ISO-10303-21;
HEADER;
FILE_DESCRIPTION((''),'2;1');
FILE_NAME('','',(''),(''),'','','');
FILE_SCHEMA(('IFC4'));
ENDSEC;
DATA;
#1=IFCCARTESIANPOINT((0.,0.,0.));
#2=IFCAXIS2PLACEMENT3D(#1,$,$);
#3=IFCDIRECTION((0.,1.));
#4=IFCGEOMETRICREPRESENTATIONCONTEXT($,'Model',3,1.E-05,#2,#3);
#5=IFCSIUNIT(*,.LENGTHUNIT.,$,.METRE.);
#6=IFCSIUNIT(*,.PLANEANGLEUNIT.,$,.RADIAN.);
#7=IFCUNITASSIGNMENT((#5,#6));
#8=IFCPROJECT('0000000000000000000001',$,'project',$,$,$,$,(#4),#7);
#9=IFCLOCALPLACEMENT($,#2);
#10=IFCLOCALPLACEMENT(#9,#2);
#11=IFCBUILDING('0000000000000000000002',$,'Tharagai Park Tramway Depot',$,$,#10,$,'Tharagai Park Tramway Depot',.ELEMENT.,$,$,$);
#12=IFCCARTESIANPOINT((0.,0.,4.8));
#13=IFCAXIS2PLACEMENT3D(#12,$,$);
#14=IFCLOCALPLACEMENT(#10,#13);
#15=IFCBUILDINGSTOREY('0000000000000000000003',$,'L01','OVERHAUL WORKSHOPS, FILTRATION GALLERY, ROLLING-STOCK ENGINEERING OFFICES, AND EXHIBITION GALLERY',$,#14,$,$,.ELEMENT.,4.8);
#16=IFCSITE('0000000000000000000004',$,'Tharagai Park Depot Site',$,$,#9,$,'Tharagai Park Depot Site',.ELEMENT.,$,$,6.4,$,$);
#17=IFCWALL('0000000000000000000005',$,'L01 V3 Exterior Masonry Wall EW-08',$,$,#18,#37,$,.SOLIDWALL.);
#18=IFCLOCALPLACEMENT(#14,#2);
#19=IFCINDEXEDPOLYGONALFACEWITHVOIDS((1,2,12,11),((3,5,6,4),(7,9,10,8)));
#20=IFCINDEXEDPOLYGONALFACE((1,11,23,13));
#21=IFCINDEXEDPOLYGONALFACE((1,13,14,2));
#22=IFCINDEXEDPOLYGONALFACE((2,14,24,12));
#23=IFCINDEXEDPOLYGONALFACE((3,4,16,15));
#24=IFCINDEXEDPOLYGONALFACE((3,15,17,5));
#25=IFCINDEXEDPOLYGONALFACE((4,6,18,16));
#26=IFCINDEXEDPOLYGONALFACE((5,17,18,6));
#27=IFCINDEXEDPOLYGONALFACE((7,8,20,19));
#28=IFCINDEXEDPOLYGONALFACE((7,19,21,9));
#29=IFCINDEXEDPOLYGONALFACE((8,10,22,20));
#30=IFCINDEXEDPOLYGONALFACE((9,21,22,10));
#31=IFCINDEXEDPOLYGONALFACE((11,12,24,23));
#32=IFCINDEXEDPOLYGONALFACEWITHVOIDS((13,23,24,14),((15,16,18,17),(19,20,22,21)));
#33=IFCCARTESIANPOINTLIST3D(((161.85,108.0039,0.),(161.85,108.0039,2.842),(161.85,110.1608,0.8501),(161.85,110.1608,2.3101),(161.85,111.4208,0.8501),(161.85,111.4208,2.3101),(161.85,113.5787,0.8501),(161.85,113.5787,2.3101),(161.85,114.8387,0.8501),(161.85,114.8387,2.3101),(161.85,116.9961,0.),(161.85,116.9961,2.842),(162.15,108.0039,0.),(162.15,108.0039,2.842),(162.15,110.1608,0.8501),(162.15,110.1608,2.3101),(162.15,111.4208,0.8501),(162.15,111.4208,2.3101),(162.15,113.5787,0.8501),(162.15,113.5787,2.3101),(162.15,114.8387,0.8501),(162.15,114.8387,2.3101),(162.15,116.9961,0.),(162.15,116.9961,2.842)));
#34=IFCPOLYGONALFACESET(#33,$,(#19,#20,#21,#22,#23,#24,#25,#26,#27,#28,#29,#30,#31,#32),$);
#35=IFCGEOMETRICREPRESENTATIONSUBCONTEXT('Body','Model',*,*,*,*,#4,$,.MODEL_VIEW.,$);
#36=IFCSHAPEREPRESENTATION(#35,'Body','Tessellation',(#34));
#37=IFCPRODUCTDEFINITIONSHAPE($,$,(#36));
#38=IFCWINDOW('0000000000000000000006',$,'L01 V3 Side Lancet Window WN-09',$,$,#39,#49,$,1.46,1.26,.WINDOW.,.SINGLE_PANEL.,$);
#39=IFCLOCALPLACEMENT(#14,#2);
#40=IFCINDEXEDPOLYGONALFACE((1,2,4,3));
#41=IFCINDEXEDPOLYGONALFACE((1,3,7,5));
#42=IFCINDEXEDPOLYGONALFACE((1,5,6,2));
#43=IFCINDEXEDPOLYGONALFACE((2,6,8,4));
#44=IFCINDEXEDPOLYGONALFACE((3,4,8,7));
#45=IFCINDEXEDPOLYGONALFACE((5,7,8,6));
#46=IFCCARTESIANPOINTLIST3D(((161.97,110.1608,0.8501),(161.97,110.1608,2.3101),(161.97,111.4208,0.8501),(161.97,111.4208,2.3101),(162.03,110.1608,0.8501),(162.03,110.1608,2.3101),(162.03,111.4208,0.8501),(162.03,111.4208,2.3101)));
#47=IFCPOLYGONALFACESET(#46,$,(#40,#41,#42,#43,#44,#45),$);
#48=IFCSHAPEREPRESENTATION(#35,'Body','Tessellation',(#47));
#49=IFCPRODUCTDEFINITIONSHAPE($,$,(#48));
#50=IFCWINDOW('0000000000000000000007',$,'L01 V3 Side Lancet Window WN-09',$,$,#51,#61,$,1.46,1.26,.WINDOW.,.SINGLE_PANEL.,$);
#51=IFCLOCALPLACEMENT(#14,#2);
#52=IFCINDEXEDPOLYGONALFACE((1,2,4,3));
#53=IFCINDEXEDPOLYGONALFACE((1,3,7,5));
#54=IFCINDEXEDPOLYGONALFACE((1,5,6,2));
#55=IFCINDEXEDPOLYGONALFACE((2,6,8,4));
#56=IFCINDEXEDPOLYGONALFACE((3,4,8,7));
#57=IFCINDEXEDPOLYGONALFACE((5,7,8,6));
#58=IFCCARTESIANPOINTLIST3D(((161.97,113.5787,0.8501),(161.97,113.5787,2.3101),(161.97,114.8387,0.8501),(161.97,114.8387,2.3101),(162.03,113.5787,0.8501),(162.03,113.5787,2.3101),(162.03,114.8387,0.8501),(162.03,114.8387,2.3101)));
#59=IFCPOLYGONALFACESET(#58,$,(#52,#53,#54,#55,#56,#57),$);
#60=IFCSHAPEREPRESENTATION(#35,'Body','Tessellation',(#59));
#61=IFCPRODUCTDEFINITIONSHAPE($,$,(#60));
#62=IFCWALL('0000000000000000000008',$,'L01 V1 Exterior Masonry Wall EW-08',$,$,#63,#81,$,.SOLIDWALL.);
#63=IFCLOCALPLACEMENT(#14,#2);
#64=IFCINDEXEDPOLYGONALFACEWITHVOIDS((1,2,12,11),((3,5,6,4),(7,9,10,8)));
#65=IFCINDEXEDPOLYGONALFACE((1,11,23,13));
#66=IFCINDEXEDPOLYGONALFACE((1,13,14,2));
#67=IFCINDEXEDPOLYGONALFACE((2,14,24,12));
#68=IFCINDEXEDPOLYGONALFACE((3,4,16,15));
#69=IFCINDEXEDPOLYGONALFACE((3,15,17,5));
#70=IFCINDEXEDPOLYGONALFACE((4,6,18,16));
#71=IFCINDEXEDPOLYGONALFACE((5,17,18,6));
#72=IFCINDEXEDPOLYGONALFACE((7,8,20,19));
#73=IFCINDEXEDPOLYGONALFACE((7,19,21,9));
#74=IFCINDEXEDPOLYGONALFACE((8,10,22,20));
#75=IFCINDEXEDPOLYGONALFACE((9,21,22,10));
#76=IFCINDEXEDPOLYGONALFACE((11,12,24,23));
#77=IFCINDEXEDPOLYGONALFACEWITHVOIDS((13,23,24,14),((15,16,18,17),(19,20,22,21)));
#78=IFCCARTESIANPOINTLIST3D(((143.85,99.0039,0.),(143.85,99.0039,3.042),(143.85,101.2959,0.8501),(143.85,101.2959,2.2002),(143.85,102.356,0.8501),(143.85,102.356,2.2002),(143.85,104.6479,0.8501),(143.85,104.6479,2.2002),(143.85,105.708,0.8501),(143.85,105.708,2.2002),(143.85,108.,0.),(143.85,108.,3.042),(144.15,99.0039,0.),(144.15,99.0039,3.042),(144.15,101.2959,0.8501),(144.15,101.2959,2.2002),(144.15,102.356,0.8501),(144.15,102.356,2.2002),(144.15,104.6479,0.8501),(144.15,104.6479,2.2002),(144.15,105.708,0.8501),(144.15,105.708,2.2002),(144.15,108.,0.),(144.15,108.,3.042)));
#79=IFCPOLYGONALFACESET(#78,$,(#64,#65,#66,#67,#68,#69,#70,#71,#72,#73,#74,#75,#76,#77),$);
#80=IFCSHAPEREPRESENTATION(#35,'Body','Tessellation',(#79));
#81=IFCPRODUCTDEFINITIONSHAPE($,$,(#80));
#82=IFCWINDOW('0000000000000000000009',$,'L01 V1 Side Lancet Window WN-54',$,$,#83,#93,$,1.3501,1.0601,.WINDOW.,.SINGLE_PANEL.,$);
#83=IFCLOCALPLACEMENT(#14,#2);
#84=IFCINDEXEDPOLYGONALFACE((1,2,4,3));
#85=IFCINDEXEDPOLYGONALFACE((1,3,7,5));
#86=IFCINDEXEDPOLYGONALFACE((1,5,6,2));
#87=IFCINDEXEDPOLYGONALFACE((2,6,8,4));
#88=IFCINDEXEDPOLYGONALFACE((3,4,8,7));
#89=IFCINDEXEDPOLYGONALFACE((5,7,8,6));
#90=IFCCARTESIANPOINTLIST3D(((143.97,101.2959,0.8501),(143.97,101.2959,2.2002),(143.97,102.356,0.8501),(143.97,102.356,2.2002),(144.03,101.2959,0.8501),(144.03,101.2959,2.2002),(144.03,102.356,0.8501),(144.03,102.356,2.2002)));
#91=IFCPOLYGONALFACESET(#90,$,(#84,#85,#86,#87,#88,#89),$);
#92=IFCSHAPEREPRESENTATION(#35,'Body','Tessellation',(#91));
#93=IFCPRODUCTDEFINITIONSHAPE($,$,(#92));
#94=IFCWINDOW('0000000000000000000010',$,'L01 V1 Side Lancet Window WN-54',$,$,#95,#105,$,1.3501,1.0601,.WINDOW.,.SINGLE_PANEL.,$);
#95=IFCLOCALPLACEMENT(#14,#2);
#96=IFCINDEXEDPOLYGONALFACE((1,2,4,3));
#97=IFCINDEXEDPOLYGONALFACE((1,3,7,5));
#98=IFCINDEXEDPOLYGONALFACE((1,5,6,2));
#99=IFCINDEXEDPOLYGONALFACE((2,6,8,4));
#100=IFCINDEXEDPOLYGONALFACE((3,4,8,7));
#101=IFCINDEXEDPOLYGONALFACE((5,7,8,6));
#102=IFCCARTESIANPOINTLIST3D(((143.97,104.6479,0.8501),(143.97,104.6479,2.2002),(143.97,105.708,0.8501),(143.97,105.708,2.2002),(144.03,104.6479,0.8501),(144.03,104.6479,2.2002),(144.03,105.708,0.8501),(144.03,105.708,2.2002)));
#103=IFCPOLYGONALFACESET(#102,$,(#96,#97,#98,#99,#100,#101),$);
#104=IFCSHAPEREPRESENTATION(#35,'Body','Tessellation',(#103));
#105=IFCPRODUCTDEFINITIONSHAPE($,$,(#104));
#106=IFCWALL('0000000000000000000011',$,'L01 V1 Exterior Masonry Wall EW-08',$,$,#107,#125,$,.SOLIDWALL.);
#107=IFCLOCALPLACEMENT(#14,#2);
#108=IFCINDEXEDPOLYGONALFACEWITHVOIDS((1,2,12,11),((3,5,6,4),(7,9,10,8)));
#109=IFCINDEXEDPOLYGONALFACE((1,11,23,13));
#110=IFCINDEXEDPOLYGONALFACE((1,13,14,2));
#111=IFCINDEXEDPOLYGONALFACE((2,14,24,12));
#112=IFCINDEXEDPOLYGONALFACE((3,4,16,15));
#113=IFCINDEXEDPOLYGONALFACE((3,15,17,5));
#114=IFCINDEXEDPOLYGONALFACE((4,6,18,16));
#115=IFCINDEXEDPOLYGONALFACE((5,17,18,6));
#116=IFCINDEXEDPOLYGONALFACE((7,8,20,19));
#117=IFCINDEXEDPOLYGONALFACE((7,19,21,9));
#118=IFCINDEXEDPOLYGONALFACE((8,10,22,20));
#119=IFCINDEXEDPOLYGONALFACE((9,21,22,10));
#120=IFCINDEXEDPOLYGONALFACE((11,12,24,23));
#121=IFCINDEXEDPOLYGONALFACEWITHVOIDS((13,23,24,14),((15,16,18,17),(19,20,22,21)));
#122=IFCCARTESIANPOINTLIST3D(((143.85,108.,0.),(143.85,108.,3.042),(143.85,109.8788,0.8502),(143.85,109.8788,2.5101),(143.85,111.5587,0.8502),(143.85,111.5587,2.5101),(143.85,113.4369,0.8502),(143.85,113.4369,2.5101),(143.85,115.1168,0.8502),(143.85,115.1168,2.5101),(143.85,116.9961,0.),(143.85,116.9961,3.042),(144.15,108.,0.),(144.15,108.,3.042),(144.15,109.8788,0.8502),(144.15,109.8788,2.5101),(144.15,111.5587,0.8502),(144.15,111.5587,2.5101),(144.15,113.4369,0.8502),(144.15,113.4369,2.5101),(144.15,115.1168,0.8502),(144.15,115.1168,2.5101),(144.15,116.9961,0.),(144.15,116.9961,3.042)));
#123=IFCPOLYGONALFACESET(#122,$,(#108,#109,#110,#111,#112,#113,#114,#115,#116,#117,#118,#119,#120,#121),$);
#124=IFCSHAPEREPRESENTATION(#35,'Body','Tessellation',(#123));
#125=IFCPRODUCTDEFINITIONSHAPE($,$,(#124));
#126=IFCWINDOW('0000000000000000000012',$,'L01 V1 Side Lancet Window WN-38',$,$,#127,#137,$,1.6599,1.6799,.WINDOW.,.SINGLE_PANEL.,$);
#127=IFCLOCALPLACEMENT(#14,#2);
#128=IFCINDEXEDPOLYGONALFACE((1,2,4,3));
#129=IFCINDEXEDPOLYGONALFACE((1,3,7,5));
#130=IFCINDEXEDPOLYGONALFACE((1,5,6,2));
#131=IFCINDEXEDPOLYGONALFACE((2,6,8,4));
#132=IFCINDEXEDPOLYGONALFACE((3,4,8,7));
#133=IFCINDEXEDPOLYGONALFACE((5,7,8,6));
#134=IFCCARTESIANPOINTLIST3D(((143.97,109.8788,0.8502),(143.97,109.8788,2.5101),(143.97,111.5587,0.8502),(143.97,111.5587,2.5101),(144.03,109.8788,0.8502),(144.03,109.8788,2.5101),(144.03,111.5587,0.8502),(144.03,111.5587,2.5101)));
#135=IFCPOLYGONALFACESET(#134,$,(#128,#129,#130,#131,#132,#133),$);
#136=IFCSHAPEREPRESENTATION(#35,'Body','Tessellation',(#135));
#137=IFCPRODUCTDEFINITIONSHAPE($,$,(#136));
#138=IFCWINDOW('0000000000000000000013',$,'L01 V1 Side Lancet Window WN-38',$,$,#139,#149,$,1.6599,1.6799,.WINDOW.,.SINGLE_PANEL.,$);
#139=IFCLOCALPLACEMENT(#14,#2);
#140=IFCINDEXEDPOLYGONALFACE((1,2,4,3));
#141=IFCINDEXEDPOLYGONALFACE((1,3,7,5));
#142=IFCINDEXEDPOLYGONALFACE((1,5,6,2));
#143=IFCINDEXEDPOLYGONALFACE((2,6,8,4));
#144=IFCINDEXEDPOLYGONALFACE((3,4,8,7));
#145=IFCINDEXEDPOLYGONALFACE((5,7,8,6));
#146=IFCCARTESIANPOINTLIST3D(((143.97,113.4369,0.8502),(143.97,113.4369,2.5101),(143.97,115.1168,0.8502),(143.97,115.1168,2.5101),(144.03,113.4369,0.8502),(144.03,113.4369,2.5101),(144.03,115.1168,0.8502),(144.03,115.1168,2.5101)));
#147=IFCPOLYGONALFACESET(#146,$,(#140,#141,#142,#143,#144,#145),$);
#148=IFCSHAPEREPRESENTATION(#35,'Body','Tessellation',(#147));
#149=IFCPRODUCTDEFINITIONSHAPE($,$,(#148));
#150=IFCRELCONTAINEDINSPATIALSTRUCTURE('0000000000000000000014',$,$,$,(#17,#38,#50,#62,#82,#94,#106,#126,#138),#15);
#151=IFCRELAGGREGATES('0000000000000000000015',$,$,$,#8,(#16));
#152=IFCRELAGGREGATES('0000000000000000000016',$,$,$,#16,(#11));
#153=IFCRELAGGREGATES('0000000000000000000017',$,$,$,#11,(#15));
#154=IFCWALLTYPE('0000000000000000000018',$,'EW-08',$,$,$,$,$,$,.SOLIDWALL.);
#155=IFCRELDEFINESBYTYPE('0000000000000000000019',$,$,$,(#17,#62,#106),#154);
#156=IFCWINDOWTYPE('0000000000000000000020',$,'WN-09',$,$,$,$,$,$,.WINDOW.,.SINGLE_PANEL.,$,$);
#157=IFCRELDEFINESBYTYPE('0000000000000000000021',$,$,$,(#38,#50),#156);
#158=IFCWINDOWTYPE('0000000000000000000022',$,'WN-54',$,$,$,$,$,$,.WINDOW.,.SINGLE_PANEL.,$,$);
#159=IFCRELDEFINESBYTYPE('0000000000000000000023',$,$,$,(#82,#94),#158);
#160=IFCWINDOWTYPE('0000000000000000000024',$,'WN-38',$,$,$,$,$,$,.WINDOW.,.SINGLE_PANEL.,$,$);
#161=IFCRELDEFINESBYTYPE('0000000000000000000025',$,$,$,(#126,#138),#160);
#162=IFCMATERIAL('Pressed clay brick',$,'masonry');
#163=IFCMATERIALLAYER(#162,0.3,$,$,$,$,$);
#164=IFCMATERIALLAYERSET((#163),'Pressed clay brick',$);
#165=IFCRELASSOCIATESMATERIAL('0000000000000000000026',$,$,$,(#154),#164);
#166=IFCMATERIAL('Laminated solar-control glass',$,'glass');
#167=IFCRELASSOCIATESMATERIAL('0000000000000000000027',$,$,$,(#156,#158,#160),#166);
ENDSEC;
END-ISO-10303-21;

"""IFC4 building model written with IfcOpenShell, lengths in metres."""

from ifc_helpers import new_model, si_unit, direction, frame, frame_2d, origin, place, context, subcontext, project, spatial, rectangle, extrude, material, layer, layer_set, type_object, element, fill, save


model = new_model("IFC4")

# Units and contexts
model_context = context("Model", 3, precision=1e-05, world=origin(), true_north=direction((0.0, 1.0)))
body_context = subcontext(model_context, "Body", "Model", "MODEL_VIEW")
ifc_project = project(units=[si_unit("LENGTHUNIT", "METRE"), si_unit("PLANEANGLEUNIT", "RADIAN")], contexts=[model_context])

# Site, building, storey
site_placement = place(None, origin())
site = spatial("IfcSite", under=ifc_project, at=site_placement, Name="Tharagai Park Depot Site", LongName="Tharagai Park Depot Site", CompositionType="ELEMENT", RefElevation=6.4)
building_placement = place(site_placement, origin())
building = spatial("IfcBuilding", under=site, at=building_placement, Name="Tharagai Park Tramway Depot", LongName="Tharagai Park Tramway Depot", CompositionType="ELEMENT")
storey_placement = place(building_placement, frame((0.0, 0.0, 4.8)))
storey = spatial("IfcBuildingStorey", under=building, at=storey_placement, Name="L01", Description="OVERHAUL WORKSHOPS, FILTRATION GALLERY, ROLLING-STOCK ENGINEERING OFFICES, AND EXHIBITION GALLERY", CompositionType="ELEMENT", Elevation=4.8)

# Walls, openings, windows
ifc_material_1 = material(Name="Pressed clay brick", Category="masonry")
ifc_layer_1 = layer(ifc_material_1, 0.3)
ifc_layer_set_1 = layer_set([ifc_layer_1], Name="Pressed clay brick")
wall_type_1 = type_object("IfcWallType", Name="EW-08", PredefinedType="SOLIDWALL", material=ifc_layer_set_1)
wall_1_placement = place(storey_placement, frame((162.0, 108.0039, 0.0), z_axis=(0.0, 0.0, 1.0), x_axis=(0.0, 1.0, 0.0)))
wall_1 = element("IfcWall", 1, at=wall_1_placement, inside=storey, type_object=wall_type_1, Name="L01 V3 Exterior Masonry Wall EW-08", PredefinedType="SOLIDWALL", context=body_context, shape_type="SweptSolid", body=[
    extrude(rectangle(XDim=8.9922, YDim=0.3, at=frame_2d((4.4961, 0.0))), origin(), (0.0, 0.0, 1.0), 2.842),
])
opening_1_placement = place(wall_1_placement, frame((2.157, 0.0, 0.8501)))
opening_1 = element("IfcOpeningElement", 2, at=opening_1_placement, cuts=wall_1, PredefinedType="OPENING", context=body_context, shape_type="SweptSolid", body=[
    extrude(rectangle(XDim=1.26, YDim=1.46, at=frame_2d((0.6299, 0.73))), frame((0.0, 0.1599, 0.0), z_axis=(0.0, -1.0, 0.0), x_axis=(1.0, 0.0, 0.0)), (0.0, 0.0, 1.0), 0.3201),
])
opening_2_placement = place(wall_1_placement, frame((5.575, 0.0, 0.8501)))
opening_2 = element("IfcOpeningElement", 3, at=opening_2_placement, cuts=wall_1, PredefinedType="OPENING", context=body_context, shape_type="SweptSolid", body=[
    extrude(rectangle(XDim=1.26, YDim=1.46, at=frame_2d((0.6299, 0.73))), frame((0.0, 0.1599, 0.0), z_axis=(0.0, -1.0, 0.0), x_axis=(1.0, 0.0, 0.0)), (0.0, 0.0, 1.0), 0.3201),
])
ifc_material_2 = material(Name="Laminated solar-control glass", Category="glass")
window_type_1 = type_object("IfcWindowType", Name="WN-09", PartitioningType="SINGLE_PANEL", PredefinedType="WINDOW", material=ifc_material_2)
window_1_placement = place(opening_1_placement, origin())
window_1 = element("IfcWindow", 4, at=window_1_placement, inside=storey, type_object=window_type_1, Name="L01 V3 Side Lancet Window WN-09", OverallHeight=1.46, OverallWidth=1.26, PartitioningType="SINGLE_PANEL", PredefinedType="WINDOW", context=body_context, shape_type="SweptSolid", body=[
    extrude(rectangle(XDim=1.26, YDim=1.46, at=frame_2d((0.6299, 0.73))), frame((0.0, 0.03, 0.0), z_axis=(0.0, -1.0, 0.0), x_axis=(1.0, 0.0, 0.0)), (0.0, 0.0, 1.0), 0.0601),
])
fill(opening_1, window_1)
window_2_placement = place(opening_2_placement, origin())
window_2 = element("IfcWindow", 5, at=window_2_placement, inside=storey, type_object=window_type_1, Name="L01 V3 Side Lancet Window WN-09", OverallHeight=1.46, OverallWidth=1.26, PartitioningType="SINGLE_PANEL", PredefinedType="WINDOW", context=body_context, shape_type="SweptSolid", body=[
    extrude(rectangle(XDim=1.26, YDim=1.46, at=frame_2d((0.6299, 0.73))), frame((0.0, 0.03, 0.0), z_axis=(0.0, -1.0, 0.0), x_axis=(1.0, 0.0, 0.0)), (0.0, 0.0, 1.0), 0.0601),
])
fill(opening_2, window_2)
wall_2_placement = place(storey_placement, frame((144.0, 99.0039, 0.0), z_axis=(0.0, 0.0, 1.0), x_axis=(0.0, 1.0, 0.0)))
wall_2 = element("IfcWall", 6, at=wall_2_placement, inside=storey, type_object=wall_type_1, Name="L01 V1 Exterior Masonry Wall EW-08", PredefinedType="SOLIDWALL", context=body_context, shape_type="SweptSolid", body=[
    extrude(rectangle(XDim=8.9961, YDim=0.3, at=frame_2d((4.498, 0.0))), origin(), (0.0, 0.0, 1.0), 3.042),
])
opening_3_placement = place(wall_2_placement, frame((2.292, 0.0, 0.8501)))
opening_3 = element("IfcOpeningElement", 7, at=opening_3_placement, cuts=wall_2, PredefinedType="OPENING", context=body_context, shape_type="SweptSolid", body=[
    extrude(rectangle(XDim=1.0601, YDim=1.3501, at=frame_2d((0.53, 0.675))), frame((0.0, 0.1599, 0.0), z_axis=(0.0, -1.0, 0.0), x_axis=(1.0, 0.0, 0.0)), (0.0, 0.0, 1.0), 0.3201),
])
opening_4_placement = place(wall_2_placement, frame((5.644, 0.0, 0.8501)))
opening_4 = element("IfcOpeningElement", 8, at=opening_4_placement, cuts=wall_2, PredefinedType="OPENING", context=body_context, shape_type="SweptSolid", body=[
    extrude(rectangle(XDim=1.0601, YDim=1.3501, at=frame_2d((0.53, 0.675))), frame((0.0, 0.1599, 0.0), z_axis=(0.0, -1.0, 0.0), x_axis=(1.0, 0.0, 0.0)), (0.0, 0.0, 1.0), 0.3201),
])
window_type_2 = type_object("IfcWindowType", Name="WN-54", PartitioningType="SINGLE_PANEL", PredefinedType="WINDOW", material=ifc_material_2)
window_3_placement = place(opening_3_placement, origin())
window_3 = element("IfcWindow", 9, at=window_3_placement, inside=storey, type_object=window_type_2, Name="L01 V1 Side Lancet Window WN-54", OverallHeight=1.3501, OverallWidth=1.0601, PartitioningType="SINGLE_PANEL", PredefinedType="WINDOW", context=body_context, shape_type="SweptSolid", body=[
    extrude(rectangle(XDim=1.0601, YDim=1.3501, at=frame_2d((0.53, 0.675))), frame((0.0, 0.03, 0.0), z_axis=(0.0, -1.0, 0.0), x_axis=(1.0, 0.0, 0.0)), (0.0, 0.0, 1.0), 0.0601),
])
fill(opening_3, window_3)
window_4_placement = place(opening_4_placement, origin())
window_4 = element("IfcWindow", 10, at=window_4_placement, inside=storey, type_object=window_type_2, Name="L01 V1 Side Lancet Window WN-54", OverallHeight=1.3501, OverallWidth=1.0601, PartitioningType="SINGLE_PANEL", PredefinedType="WINDOW", context=body_context, shape_type="SweptSolid", body=[
    extrude(rectangle(XDim=1.0601, YDim=1.3501, at=frame_2d((0.53, 0.675))), frame((0.0, 0.03, 0.0), z_axis=(0.0, -1.0, 0.0), x_axis=(1.0, 0.0, 0.0)), (0.0, 0.0, 1.0), 0.0601),
])
fill(opening_4, window_4)
wall_3_placement = place(storey_placement, frame((144.0, 108.0, 0.0), z_axis=(0.0, 0.0, 1.0), x_axis=(0.0, 1.0, 0.0)))
wall_3 = element("IfcWall", 11, at=wall_3_placement, inside=storey, type_object=wall_type_1, Name="L01 V1 Exterior Masonry Wall EW-08", PredefinedType="SOLIDWALL", context=body_context, shape_type="SweptSolid", body=[
    extrude(rectangle(XDim=8.9961, YDim=0.3, at=frame_2d((4.498, 0.0))), origin(), (0.0, 0.0, 1.0), 3.042),
])
opening_5_placement = place(wall_3_placement, frame((1.8789, 0.0, 0.8501)))
opening_5 = element("IfcOpeningElement", 12, at=opening_5_placement, cuts=wall_3, PredefinedType="OPENING", context=body_context, shape_type="SweptSolid", body=[
    extrude(rectangle(XDim=1.6799, YDim=1.6599, at=frame_2d((0.8398, 0.8301))), frame((0.0, 0.1599, 0.0), z_axis=(0.0, -1.0, 0.0), x_axis=(1.0, 0.0, 0.0)), (0.0, 0.0, 1.0), 0.3201),
])
opening_6_placement = place(wall_3_placement, frame((5.437, 0.0, 0.8501)))
opening_6 = element("IfcOpeningElement", 13, at=opening_6_placement, cuts=wall_3, PredefinedType="OPENING", context=body_context, shape_type="SweptSolid", body=[
    extrude(rectangle(XDim=1.6799, YDim=1.6599, at=frame_2d((0.8398, 0.8301))), frame((0.0, 0.1599, 0.0), z_axis=(0.0, -1.0, 0.0), x_axis=(1.0, 0.0, 0.0)), (0.0, 0.0, 1.0), 0.3201),
])
window_type_3 = type_object("IfcWindowType", Name="WN-38", PartitioningType="SINGLE_PANEL", PredefinedType="WINDOW", material=ifc_material_2)
window_5_placement = place(opening_5_placement, origin())
window_5 = element("IfcWindow", 14, at=window_5_placement, inside=storey, type_object=window_type_3, Name="L01 V1 Side Lancet Window WN-38", OverallHeight=1.6599, OverallWidth=1.6799, PartitioningType="SINGLE_PANEL", PredefinedType="WINDOW", context=body_context, shape_type="SweptSolid", body=[
    extrude(rectangle(XDim=1.6799, YDim=1.6599, at=frame_2d((0.8398, 0.8301))), frame((0.0, 0.03, 0.0), z_axis=(0.0, -1.0, 0.0), x_axis=(1.0, 0.0, 0.0)), (0.0, 0.0, 1.0), 0.0601),
])
fill(opening_5, window_5)
window_6_placement = place(opening_6_placement, origin())
window_6 = element("IfcWindow", 15, at=window_6_placement, inside=storey, type_object=window_type_3, Name="L01 V1 Side Lancet Window WN-38", OverallHeight=1.6599, OverallWidth=1.6799, PartitioningType="SINGLE_PANEL", PredefinedType="WINDOW", context=body_context, shape_type="SweptSolid", body=[
    extrude(rectangle(XDim=1.6799, YDim=1.6599, at=frame_2d((0.8398, 0.8301))), frame((0.0, 0.03, 0.0), z_axis=(0.0, -1.0, 0.0), x_axis=(1.0, 0.0, 0.0)), (0.0, 0.0, 1.0), 0.0601),
])
fill(opening_6, window_6)

save(model, "model.ifc")
